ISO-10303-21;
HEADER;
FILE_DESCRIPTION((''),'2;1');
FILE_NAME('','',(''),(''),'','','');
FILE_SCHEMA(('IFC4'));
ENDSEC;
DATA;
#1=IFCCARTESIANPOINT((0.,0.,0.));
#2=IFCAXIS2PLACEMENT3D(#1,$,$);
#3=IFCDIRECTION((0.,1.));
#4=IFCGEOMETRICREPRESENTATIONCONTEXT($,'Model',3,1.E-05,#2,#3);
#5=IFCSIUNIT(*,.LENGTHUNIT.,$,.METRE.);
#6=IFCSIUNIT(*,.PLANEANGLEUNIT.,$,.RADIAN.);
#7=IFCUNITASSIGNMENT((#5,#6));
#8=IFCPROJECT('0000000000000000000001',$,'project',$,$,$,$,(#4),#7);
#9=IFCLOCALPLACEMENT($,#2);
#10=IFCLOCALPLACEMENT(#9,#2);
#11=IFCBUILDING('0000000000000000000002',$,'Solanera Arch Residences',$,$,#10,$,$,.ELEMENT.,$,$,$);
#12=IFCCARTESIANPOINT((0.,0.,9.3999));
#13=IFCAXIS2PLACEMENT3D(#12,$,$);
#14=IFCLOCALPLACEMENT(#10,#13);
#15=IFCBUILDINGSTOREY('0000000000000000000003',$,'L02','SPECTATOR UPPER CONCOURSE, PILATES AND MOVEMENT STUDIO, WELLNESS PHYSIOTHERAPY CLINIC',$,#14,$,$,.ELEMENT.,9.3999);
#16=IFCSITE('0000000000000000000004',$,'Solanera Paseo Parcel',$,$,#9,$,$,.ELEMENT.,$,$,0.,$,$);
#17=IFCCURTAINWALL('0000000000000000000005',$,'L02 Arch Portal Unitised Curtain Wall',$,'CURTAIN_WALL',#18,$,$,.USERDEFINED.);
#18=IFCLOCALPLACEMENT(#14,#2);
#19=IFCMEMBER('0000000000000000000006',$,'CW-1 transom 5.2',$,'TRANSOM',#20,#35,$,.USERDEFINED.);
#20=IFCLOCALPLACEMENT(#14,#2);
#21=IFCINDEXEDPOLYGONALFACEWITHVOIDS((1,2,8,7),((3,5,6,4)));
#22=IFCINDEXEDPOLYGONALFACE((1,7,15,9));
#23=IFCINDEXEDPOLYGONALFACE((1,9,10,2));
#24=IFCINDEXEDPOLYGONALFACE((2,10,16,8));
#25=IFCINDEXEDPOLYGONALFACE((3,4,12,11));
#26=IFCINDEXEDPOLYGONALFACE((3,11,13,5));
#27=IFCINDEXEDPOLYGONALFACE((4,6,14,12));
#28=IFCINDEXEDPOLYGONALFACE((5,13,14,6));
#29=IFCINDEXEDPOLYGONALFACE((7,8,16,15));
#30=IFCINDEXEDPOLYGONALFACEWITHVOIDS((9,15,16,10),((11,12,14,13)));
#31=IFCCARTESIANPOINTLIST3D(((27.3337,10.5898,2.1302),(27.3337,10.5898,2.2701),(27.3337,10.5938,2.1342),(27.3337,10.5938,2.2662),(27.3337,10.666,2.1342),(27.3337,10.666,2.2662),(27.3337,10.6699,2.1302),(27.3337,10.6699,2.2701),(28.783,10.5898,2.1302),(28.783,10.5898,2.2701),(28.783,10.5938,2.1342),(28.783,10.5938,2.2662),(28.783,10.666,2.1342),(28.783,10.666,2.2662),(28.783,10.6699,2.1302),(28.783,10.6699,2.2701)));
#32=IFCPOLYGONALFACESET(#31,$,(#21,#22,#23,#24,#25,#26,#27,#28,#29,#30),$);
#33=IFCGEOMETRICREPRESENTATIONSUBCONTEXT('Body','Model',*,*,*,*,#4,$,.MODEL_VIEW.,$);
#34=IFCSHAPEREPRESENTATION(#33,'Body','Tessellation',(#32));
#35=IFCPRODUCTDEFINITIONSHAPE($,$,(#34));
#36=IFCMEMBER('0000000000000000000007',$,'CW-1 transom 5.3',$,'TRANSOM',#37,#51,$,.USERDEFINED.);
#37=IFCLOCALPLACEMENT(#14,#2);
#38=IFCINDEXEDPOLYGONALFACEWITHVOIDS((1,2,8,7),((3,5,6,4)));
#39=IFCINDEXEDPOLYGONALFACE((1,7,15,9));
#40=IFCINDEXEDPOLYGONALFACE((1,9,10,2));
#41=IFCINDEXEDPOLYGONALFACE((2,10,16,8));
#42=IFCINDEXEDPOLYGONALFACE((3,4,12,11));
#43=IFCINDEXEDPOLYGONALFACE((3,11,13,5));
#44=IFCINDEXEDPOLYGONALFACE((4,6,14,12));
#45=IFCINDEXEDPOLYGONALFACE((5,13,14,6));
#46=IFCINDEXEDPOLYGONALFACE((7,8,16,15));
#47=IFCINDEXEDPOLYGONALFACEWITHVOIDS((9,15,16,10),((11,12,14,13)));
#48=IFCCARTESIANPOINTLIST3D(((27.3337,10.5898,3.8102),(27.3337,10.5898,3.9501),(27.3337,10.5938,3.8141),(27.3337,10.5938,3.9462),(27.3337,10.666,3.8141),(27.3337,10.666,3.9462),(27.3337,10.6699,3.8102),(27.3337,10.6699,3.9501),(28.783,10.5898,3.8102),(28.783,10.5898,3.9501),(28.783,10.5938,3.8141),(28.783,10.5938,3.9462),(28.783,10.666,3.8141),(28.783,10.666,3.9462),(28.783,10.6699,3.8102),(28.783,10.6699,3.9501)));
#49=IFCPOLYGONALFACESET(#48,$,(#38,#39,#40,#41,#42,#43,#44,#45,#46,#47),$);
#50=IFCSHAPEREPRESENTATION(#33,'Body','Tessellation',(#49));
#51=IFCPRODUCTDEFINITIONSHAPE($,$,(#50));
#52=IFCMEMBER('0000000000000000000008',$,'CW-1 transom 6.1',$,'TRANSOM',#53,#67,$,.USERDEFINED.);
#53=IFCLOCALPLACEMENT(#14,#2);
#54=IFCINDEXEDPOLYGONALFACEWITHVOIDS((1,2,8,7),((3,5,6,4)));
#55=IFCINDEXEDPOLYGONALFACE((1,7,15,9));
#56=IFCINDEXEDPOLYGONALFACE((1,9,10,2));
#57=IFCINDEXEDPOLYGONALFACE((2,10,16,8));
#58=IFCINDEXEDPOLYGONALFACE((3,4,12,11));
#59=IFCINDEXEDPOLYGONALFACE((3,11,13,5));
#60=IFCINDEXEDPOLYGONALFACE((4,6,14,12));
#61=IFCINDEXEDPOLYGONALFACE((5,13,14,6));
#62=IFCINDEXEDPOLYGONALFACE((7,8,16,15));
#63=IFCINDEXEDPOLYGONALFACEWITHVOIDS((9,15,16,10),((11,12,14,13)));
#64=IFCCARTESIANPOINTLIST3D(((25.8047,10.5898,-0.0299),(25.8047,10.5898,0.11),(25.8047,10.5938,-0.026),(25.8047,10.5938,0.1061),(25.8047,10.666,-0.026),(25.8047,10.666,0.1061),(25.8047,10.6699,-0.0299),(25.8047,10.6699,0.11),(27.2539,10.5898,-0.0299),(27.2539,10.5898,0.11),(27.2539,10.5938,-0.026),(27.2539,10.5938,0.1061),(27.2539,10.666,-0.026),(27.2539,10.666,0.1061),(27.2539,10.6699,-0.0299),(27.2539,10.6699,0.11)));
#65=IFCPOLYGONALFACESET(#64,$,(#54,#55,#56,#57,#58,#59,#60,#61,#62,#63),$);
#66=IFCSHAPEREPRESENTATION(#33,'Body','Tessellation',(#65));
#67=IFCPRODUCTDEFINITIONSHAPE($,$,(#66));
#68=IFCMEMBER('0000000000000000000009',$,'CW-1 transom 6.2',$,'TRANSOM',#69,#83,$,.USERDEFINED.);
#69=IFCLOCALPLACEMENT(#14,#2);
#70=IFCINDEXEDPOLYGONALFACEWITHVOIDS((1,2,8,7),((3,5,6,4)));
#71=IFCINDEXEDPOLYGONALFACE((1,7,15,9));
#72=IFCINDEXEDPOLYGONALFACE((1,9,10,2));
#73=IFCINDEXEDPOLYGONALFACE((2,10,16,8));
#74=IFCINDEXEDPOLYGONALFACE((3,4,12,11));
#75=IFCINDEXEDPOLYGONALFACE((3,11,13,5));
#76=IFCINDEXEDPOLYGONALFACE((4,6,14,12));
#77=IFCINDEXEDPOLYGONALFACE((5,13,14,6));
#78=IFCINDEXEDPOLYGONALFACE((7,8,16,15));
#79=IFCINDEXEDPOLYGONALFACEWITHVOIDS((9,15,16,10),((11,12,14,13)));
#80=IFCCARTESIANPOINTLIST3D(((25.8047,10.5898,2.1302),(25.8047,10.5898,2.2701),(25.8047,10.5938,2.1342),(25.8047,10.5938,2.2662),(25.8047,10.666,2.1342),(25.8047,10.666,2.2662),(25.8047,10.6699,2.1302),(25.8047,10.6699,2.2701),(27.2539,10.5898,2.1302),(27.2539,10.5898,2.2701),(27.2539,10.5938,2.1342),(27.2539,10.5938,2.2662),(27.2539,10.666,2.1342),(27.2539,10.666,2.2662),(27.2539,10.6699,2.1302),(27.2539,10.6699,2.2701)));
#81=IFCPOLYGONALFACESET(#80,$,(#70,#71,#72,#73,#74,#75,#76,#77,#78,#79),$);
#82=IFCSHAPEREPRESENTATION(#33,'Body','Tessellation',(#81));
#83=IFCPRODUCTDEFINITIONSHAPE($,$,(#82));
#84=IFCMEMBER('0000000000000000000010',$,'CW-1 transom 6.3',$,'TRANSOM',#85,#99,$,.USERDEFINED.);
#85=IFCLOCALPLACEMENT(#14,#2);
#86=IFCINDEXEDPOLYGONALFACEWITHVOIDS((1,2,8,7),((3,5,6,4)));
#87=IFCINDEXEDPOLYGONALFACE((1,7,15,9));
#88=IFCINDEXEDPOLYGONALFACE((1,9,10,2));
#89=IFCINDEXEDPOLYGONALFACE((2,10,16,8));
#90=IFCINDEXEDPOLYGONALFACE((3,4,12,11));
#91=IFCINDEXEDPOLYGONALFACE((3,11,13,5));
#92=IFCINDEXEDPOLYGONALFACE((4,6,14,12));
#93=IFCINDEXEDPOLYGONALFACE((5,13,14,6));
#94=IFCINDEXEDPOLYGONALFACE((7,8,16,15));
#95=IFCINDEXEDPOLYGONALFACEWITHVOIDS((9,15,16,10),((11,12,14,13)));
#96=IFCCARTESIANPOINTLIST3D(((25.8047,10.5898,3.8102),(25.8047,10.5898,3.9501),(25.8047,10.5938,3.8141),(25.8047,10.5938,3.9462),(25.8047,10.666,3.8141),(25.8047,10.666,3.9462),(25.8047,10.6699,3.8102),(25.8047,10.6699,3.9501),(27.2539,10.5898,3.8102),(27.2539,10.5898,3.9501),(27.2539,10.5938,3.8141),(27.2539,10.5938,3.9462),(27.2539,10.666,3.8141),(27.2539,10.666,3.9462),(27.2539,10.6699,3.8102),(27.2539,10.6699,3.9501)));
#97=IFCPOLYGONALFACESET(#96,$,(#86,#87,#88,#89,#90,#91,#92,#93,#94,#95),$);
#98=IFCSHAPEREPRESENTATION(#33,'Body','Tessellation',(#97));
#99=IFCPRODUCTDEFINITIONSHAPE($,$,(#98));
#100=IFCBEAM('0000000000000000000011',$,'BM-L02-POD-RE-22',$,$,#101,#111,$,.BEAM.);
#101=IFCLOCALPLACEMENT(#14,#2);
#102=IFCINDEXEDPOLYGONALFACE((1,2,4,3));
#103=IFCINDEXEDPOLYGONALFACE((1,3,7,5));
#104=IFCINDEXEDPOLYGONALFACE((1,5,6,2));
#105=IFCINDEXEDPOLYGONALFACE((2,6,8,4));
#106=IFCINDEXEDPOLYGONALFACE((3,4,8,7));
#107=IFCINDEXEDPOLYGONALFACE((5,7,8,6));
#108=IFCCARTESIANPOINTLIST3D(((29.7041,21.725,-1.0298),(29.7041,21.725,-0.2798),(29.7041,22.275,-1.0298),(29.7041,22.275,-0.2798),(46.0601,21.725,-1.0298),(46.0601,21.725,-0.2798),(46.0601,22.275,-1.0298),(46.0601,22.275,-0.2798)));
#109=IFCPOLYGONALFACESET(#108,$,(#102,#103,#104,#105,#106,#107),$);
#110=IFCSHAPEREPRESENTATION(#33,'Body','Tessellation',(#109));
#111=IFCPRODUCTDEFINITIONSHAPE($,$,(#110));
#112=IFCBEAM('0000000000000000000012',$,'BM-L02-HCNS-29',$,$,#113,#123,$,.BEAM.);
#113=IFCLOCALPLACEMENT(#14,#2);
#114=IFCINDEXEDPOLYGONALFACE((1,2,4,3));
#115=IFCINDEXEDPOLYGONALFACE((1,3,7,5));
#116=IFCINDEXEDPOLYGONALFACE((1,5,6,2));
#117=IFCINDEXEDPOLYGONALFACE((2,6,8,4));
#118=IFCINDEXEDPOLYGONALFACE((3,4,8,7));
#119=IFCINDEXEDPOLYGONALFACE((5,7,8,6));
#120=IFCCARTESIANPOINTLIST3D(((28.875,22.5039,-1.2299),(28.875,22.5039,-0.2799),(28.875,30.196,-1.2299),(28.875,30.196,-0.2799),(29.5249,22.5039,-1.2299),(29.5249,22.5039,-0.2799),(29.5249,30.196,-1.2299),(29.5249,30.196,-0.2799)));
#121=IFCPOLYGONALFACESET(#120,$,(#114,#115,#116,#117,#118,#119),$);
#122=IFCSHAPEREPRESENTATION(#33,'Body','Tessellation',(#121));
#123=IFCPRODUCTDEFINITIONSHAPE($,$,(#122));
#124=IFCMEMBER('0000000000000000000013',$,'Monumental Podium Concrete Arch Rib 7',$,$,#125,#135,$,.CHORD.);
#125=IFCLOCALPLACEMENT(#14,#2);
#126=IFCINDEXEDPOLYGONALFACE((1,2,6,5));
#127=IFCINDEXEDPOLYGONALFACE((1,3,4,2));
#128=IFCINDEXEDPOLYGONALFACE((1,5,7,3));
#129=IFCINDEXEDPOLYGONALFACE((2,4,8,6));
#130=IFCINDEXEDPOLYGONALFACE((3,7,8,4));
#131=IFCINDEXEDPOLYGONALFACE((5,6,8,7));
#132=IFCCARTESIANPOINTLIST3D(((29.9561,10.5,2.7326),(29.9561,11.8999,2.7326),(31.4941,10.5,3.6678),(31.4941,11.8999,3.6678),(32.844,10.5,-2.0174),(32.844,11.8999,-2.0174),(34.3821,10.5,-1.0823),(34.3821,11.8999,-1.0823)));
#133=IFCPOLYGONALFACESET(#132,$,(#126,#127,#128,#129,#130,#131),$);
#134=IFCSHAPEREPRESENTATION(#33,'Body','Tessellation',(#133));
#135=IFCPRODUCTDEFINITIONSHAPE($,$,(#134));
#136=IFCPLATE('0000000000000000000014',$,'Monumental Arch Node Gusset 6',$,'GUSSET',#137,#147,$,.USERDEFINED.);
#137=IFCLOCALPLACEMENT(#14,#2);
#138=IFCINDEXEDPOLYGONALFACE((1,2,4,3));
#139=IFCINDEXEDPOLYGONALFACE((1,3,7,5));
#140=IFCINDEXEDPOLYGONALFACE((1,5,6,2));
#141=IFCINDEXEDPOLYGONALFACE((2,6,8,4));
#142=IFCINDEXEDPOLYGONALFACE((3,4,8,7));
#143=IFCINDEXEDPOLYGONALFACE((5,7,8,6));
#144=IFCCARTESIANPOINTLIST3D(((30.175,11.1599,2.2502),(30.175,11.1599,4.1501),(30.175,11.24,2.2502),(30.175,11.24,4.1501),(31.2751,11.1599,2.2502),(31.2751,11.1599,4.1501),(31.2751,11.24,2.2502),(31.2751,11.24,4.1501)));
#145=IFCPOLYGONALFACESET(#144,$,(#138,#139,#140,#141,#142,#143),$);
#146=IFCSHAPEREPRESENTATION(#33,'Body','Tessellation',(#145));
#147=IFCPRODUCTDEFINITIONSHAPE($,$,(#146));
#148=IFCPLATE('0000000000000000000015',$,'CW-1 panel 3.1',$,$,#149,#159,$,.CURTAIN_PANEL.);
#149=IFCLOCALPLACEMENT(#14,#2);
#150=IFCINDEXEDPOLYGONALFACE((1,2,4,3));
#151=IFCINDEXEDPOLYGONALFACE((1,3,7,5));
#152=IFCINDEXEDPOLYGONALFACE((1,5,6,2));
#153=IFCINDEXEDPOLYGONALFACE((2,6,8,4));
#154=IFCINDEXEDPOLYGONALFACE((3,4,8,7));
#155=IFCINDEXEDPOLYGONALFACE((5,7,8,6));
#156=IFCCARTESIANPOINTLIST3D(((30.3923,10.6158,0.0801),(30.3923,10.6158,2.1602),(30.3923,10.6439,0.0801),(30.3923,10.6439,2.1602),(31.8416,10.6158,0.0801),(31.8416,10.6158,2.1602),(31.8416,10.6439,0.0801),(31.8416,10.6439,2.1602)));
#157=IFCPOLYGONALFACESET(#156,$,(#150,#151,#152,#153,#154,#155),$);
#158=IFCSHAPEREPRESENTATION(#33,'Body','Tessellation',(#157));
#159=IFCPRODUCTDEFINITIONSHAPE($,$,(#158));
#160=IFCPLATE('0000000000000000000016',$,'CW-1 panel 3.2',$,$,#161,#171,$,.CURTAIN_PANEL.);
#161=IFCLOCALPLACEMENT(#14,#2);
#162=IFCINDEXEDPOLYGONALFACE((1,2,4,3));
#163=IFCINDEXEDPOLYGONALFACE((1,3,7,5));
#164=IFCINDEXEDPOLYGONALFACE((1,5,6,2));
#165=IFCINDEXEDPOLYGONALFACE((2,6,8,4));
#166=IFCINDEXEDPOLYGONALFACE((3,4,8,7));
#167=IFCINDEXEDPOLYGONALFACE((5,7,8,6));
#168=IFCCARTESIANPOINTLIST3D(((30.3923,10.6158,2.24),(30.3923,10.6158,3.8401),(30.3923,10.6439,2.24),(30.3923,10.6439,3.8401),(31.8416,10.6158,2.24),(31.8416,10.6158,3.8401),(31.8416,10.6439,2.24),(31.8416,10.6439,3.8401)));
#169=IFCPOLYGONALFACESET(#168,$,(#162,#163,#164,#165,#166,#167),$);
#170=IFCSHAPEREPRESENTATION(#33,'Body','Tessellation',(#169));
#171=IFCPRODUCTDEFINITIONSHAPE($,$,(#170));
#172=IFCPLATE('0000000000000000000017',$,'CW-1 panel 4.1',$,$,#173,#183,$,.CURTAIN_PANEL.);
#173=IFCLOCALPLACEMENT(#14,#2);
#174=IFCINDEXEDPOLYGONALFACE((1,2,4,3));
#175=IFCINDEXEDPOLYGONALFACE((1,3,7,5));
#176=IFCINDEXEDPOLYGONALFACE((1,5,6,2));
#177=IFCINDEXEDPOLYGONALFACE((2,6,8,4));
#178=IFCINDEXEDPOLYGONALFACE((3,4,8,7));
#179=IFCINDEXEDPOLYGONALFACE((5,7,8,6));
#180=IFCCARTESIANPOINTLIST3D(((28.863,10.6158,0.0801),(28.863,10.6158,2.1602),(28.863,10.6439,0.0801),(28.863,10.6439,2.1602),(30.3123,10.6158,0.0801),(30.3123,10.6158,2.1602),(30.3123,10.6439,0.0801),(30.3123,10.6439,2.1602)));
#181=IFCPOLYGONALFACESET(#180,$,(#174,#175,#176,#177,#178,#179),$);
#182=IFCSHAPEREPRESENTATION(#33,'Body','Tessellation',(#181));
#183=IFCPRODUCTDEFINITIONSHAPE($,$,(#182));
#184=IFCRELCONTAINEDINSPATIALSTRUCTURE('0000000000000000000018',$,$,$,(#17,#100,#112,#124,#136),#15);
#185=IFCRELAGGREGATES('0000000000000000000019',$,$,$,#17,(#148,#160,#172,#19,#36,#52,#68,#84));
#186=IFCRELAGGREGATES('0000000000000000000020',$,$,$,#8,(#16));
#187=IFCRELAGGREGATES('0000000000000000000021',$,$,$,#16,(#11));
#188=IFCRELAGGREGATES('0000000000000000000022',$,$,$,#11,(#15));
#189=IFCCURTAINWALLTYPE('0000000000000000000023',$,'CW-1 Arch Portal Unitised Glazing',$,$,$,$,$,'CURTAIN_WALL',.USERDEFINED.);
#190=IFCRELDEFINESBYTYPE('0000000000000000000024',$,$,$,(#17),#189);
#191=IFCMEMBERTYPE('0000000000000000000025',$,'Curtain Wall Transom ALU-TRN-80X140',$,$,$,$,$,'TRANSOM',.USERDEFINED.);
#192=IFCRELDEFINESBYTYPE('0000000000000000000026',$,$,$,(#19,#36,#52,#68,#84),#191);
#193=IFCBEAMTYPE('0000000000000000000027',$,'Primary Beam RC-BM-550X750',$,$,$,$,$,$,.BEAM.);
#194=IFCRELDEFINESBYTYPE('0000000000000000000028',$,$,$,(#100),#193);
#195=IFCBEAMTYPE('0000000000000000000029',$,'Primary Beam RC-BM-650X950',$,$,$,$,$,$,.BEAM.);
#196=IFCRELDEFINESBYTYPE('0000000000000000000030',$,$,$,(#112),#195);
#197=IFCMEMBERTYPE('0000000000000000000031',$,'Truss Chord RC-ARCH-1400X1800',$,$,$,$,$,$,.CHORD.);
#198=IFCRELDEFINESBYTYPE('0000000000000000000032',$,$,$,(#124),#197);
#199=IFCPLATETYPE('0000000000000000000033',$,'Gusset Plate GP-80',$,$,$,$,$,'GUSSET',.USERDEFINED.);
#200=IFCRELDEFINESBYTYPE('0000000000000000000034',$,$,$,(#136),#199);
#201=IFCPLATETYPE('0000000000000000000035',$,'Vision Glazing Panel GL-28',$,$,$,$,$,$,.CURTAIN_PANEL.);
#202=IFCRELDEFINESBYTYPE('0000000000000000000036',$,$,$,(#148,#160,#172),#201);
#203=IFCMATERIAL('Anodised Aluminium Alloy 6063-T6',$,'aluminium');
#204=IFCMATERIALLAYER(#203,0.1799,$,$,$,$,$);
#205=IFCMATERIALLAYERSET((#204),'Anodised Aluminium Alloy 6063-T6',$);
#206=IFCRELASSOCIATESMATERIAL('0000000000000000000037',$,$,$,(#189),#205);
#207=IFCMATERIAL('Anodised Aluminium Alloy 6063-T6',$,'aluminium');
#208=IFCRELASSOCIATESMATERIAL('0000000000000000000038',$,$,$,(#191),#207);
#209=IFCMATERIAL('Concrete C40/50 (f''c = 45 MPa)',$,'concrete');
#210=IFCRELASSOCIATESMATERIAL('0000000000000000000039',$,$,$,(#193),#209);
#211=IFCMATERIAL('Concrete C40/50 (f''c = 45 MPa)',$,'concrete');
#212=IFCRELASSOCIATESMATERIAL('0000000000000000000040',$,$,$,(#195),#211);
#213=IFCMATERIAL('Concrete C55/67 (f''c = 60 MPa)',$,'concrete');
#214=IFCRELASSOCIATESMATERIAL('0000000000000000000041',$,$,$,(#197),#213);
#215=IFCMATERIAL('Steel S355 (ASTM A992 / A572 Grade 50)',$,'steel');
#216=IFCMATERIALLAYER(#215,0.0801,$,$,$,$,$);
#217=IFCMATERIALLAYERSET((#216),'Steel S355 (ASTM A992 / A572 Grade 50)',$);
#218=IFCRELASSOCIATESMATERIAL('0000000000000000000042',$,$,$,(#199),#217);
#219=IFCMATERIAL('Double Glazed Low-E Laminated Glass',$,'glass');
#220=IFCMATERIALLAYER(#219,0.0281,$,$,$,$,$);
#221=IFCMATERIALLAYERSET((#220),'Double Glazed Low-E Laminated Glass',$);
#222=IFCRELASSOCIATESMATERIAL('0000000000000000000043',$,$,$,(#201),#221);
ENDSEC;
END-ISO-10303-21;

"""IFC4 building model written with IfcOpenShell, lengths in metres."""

from ifc_helpers import new_model, si_unit, direction, frame, origin, origin_2d, place, context, subcontext, project, spatial, rectangle, hollow_rectangle, extrude, material, layer, layer_set, material_profile, profile_set, type_object, element, aggregate, save


model = new_model("IFC4")

# Units and contexts
model_context = context("Model", 3, precision=1e-05, world=origin(), true_north=direction((0.0, 1.0)))
body_context = subcontext(model_context, "Body", "Model", "MODEL_VIEW")
ifc_project = project(units=[si_unit("LENGTHUNIT", "METRE"), si_unit("PLANEANGLEUNIT", "RADIAN")], contexts=[model_context])

# Site, building, storey
site_placement = place(None, origin())
site = spatial("IfcSite", under=ifc_project, at=site_placement, Name="Solanera Paseo Parcel", CompositionType="ELEMENT", RefElevation=0.0)
building_placement = place(site_placement, origin())
building = spatial("IfcBuilding", under=site, at=building_placement, Name="Solanera Arch Residences", CompositionType="ELEMENT")
storey_placement = place(building_placement, frame((0.0, 0.0, 9.3999)))
storey = spatial("IfcBuildingStorey", under=building, at=storey_placement, Name="L02", Description="SPECTATOR UPPER CONCOURSE, PILATES AND MOVEMENT STUDIO, WELLNESS PHYSIOTHERAPY CLINIC", CompositionType="ELEMENT", Elevation=9.3999)

# Curtain wall, members
ifc_material_1 = material(Name="Anodised Aluminium Alloy 6063-T6", Category="aluminium")
ifc_layer_1 = layer(ifc_material_1, 0.1799)
ifc_layer_set_1 = layer_set([ifc_layer_1], Name="Anodised Aluminium Alloy 6063-T6")
curtain_wall_type = type_object("IfcCurtainWallType", Name="CW-1 Arch Portal Unitised Glazing", ElementType="CURTAIN_WALL", PredefinedType="USERDEFINED", material=ifc_layer_set_1)
curtain_wall_placement = place(storey_placement, origin())
curtain_wall = element("IfcCurtainWall", 1, at=curtain_wall_placement, inside=storey, type_object=curtain_wall_type, Name="L02 Arch Portal Unitised Curtain Wall", ObjectType="CURTAIN_WALL", PredefinedType="USERDEFINED")
ifc_material_2 = material(Name="Anodised Aluminium Alloy 6063-T6", Category="aluminium")
ifc_material_profile_1 = material_profile(ifc_material_2, hollow_rectangle(XDim=0.0801, YDim=0.1399, WallThickness=0.0039, at=origin_2d()))
ifc_profile_set_1 = profile_set([ifc_material_profile_1], Name="Anodised Aluminium Alloy 6063-T6")
member_type_1 = type_object("IfcMemberType", Name="Curtain Wall Transom ALU-TRN-80X140", ElementType="TRANSOM", PredefinedType="USERDEFINED", material=ifc_profile_set_1)
member_1_placement = place(storey_placement, frame((28.783, 10.6299, 2.2002), z_axis=(-1.0, 0.0, 0.0), x_axis=(0.0, -1.0, 0.0)))
member_1 = element("IfcMember", 2, at=member_1_placement, type_object=member_type_1, Name="CW-1 transom 5.2", ObjectType="TRANSOM", PredefinedType="USERDEFINED", context=body_context, shape_type="SweptSolid", body=[
    extrude(hollow_rectangle(XDim=0.0801, YDim=0.1399, WallThickness=0.0039, at=origin_2d()), origin(), (0.0, 0.0, 1.0), 1.4492),
])
member_2_placement = place(storey_placement, frame((28.783, 10.6299, 3.8801), z_axis=(-1.0, 0.0, 0.0), x_axis=(0.0, -1.0, 0.0)))
member_2 = element("IfcMember", 3, at=member_2_placement, type_object=member_type_1, Name="CW-1 transom 5.3", ObjectType="TRANSOM", PredefinedType="USERDEFINED", context=body_context, shape_type="SweptSolid", body=[
    extrude(hollow_rectangle(XDim=0.0801, YDim=0.1399, WallThickness=0.0039, at=origin_2d()), origin(), (0.0, 0.0, 1.0), 1.4492),
])
member_3_placement = place(storey_placement, frame((27.2539, 10.6299, 0.04), z_axis=(-1.0, 0.0, 0.0), x_axis=(0.0, -1.0, 0.0)))
member_3 = element("IfcMember", 4, at=member_3_placement, type_object=member_type_1, Name="CW-1 transom 6.1", ObjectType="TRANSOM", PredefinedType="USERDEFINED", context=body_context, shape_type="SweptSolid", body=[
    extrude(hollow_rectangle(XDim=0.0801, YDim=0.1399, WallThickness=0.0039, at=origin_2d()), origin(), (0.0, 0.0, 1.0), 1.4492),
])
member_4_placement = place(storey_placement, frame((27.2539, 10.6299, 2.2002), z_axis=(-1.0, 0.0, 0.0), x_axis=(0.0, -1.0, 0.0)))
member_4 = element("IfcMember", 5, at=member_4_placement, type_object=member_type_1, Name="CW-1 transom 6.2", ObjectType="TRANSOM", PredefinedType="USERDEFINED", context=body_context, shape_type="SweptSolid", body=[
    extrude(hollow_rectangle(XDim=0.0801, YDim=0.1399, WallThickness=0.0039, at=origin_2d()), origin(), (0.0, 0.0, 1.0), 1.4492),
])
member_5_placement = place(storey_placement, frame((27.2539, 10.6299, 3.8801), z_axis=(-1.0, 0.0, 0.0), x_axis=(0.0, -1.0, 0.0)))
member_5 = element("IfcMember", 6, at=member_5_placement, type_object=member_type_1, Name="CW-1 transom 6.3", ObjectType="TRANSOM", PredefinedType="USERDEFINED", context=body_context, shape_type="SweptSolid", body=[
    extrude(hollow_rectangle(XDim=0.0801, YDim=0.1399, WallThickness=0.0039, at=origin_2d()), origin(), (0.0, 0.0, 1.0), 1.4492),
])

# Beams
ifc_material_3 = material(Name="Concrete C40/50 (f'c = 45 MPa)", Category="concrete")
ifc_material_profile_2 = material_profile(ifc_material_3, rectangle(XDim=0.55, YDim=0.75, at=origin_2d()))
ifc_profile_set_2 = profile_set([ifc_material_profile_2], Name="Concrete C40/50 (f'c = 45 MPa)")
beam_type_1 = type_object("IfcBeamType", Name="Primary Beam RC-BM-550X750", PredefinedType="BEAM", material=ifc_profile_set_2)
beam_1_placement = place(storey_placement, frame((29.7041, 22.0, -0.6548), z_axis=(1.0, 0.0, 0.0), x_axis=(0.0, 1.0, 0.0)))
element("IfcBeam", 7, at=beam_1_placement, inside=storey, type_object=beam_type_1, Name="BM-L02-POD-RE-22", PredefinedType="BEAM", context=body_context, shape_type="SweptSolid", body=[
    extrude(rectangle(XDim=0.55, YDim=0.75, at=origin_2d()), origin(), (0.0, 0.0, 1.0), 16.356),
])
ifc_material_4 = material(Name="Concrete C40/50 (f'c = 45 MPa)", Category="concrete")
ifc_material_profile_3 = material_profile(ifc_material_4, rectangle(XDim=0.6499, YDim=0.95, at=origin_2d()))
ifc_profile_set_3 = profile_set([ifc_material_profile_3], Name="Concrete C40/50 (f'c = 45 MPa)")
beam_type_2 = type_object("IfcBeamType", Name="Primary Beam RC-BM-650X950", PredefinedType="BEAM", material=ifc_profile_set_3)
beam_2_placement = place(storey_placement, frame((29.2, 22.5039, -0.7549), z_axis=(0.0, 1.0, 0.0), x_axis=(-1.0, 0.0, 0.0)))
element("IfcBeam", 8, at=beam_2_placement, inside=storey, type_object=beam_type_2, Name="BM-L02-HCNS-29", PredefinedType="BEAM", context=body_context, shape_type="SweptSolid", body=[
    extrude(rectangle(XDim=0.6499, YDim=0.95, at=origin_2d()), origin(), (0.0, 0.0, 1.0), 7.6921),
])

# Member
ifc_material_5 = material(Name="Concrete C55/67 (f'c = 60 MPa)", Category="concrete")
ifc_material_profile_4 = material_profile(ifc_material_5, rectangle(XDim=1.3999, YDim=1.8, at=origin_2d()))
ifc_profile_set_4 = profile_set([ifc_material_profile_4], Name="Concrete C55/67 (f'c = 60 MPa)")
member_type_2 = type_object("IfcMemberType", Name="Truss Chord RC-ARCH-1400X1800", PredefinedType="CHORD", material=ifc_profile_set_4)
member_6_placement = place(storey_placement, frame((30.7251, 11.2, 3.2002), z_axis=(0.519505, 0.0, -0.854467), x_axis=(0.0, 1.0, 0.0)))
element("IfcMember", 9, at=member_6_placement, inside=storey, type_object=member_type_2, Name="Monumental Podium Concrete Arch Rib 7", PredefinedType="CHORD", context=body_context, shape_type="SweptSolid", body=[
    extrude(rectangle(XDim=1.3999, YDim=1.8, at=origin_2d()), origin(), (0.0, 0.0, 1.0), 5.5591),
])

# Plates
ifc_material_6 = material(Name="Steel S355 (ASTM A992 / A572 Grade 50)", Category="steel")
ifc_layer_2 = layer(ifc_material_6, 0.0801)
ifc_layer_set_2 = layer_set([ifc_layer_2], Name="Steel S355 (ASTM A992 / A572 Grade 50)")
plate_type_1 = type_object("IfcPlateType", Name="Gusset Plate GP-80", ElementType="GUSSET", PredefinedType="USERDEFINED", material=ifc_layer_set_2)
plate_1_placement = place(storey_placement, frame((30.7251, 11.2, 2.2502), z_axis=(0.0, 0.0, 1.0), x_axis=(1.0, 0.0, 0.0)))
element("IfcPlate", 10, at=plate_1_placement, inside=storey, type_object=plate_type_1, Name="Monumental Arch Node Gusset 6", ObjectType="GUSSET", PredefinedType="USERDEFINED", context=body_context, shape_type="SweptSolid", body=[
    extrude(rectangle(XDim=1.1001, YDim=0.0801, at=origin_2d()), origin(), (0.0, 0.0, 1.0), 1.8999),
])
ifc_material_7 = material(Name="Double Glazed Low-E Laminated Glass", Category="glass")
ifc_layer_3 = layer(ifc_material_7, 0.0281)
ifc_layer_set_3 = layer_set([ifc_layer_3], Name="Double Glazed Low-E Laminated Glass")
plate_type_2 = type_object("IfcPlateType", Name="Vision Glazing Panel GL-28", PredefinedType="CURTAIN_PANEL", material=ifc_layer_set_3)
plate_2_placement = place(storey_placement, frame((31.1169, 10.6299, 0.0801), z_axis=(0.0, 0.0, 1.0), x_axis=(-1.0, 0.0, 0.0)))
plate_2 = element("IfcPlate", 11, at=plate_2_placement, type_object=plate_type_2, Name="CW-1 panel 3.1", PredefinedType="CURTAIN_PANEL", context=body_context, shape_type="SweptSolid", body=[
    extrude(rectangle(XDim=1.4492, YDim=0.0281, at=origin_2d()), origin(), (0.0, 0.0, 1.0), 2.0801),
])
plate_3_placement = place(storey_placement, frame((31.1169, 10.6299, 2.24), z_axis=(0.0, 0.0, 1.0), x_axis=(-1.0, 0.0, 0.0)))
plate_3 = element("IfcPlate", 12, at=plate_3_placement, type_object=plate_type_2, Name="CW-1 panel 3.2", PredefinedType="CURTAIN_PANEL", context=body_context, shape_type="SweptSolid", body=[
    extrude(rectangle(XDim=1.4492, YDim=0.0281, at=origin_2d()), origin(), (0.0, 0.0, 1.0), 1.6001),
])
plate_4_placement = place(storey_placement, frame((29.5876, 10.6299, 0.0801), z_axis=(0.0, 0.0, 1.0), x_axis=(-1.0, 0.0, 0.0)))
plate_4 = element("IfcPlate", 13, at=plate_4_placement, type_object=plate_type_2, Name="CW-1 panel 4.1", PredefinedType="CURTAIN_PANEL", context=body_context, shape_type="SweptSolid", body=[
    extrude(rectangle(XDim=1.4492, YDim=0.0281, at=origin_2d()), origin(), (0.0, 0.0, 1.0), 2.0801),
])
aggregate(curtain_wall, [plate_2, plate_3, plate_4, member_1, member_2, member_3, member_4, member_5])

save(model, "model.ifc")
